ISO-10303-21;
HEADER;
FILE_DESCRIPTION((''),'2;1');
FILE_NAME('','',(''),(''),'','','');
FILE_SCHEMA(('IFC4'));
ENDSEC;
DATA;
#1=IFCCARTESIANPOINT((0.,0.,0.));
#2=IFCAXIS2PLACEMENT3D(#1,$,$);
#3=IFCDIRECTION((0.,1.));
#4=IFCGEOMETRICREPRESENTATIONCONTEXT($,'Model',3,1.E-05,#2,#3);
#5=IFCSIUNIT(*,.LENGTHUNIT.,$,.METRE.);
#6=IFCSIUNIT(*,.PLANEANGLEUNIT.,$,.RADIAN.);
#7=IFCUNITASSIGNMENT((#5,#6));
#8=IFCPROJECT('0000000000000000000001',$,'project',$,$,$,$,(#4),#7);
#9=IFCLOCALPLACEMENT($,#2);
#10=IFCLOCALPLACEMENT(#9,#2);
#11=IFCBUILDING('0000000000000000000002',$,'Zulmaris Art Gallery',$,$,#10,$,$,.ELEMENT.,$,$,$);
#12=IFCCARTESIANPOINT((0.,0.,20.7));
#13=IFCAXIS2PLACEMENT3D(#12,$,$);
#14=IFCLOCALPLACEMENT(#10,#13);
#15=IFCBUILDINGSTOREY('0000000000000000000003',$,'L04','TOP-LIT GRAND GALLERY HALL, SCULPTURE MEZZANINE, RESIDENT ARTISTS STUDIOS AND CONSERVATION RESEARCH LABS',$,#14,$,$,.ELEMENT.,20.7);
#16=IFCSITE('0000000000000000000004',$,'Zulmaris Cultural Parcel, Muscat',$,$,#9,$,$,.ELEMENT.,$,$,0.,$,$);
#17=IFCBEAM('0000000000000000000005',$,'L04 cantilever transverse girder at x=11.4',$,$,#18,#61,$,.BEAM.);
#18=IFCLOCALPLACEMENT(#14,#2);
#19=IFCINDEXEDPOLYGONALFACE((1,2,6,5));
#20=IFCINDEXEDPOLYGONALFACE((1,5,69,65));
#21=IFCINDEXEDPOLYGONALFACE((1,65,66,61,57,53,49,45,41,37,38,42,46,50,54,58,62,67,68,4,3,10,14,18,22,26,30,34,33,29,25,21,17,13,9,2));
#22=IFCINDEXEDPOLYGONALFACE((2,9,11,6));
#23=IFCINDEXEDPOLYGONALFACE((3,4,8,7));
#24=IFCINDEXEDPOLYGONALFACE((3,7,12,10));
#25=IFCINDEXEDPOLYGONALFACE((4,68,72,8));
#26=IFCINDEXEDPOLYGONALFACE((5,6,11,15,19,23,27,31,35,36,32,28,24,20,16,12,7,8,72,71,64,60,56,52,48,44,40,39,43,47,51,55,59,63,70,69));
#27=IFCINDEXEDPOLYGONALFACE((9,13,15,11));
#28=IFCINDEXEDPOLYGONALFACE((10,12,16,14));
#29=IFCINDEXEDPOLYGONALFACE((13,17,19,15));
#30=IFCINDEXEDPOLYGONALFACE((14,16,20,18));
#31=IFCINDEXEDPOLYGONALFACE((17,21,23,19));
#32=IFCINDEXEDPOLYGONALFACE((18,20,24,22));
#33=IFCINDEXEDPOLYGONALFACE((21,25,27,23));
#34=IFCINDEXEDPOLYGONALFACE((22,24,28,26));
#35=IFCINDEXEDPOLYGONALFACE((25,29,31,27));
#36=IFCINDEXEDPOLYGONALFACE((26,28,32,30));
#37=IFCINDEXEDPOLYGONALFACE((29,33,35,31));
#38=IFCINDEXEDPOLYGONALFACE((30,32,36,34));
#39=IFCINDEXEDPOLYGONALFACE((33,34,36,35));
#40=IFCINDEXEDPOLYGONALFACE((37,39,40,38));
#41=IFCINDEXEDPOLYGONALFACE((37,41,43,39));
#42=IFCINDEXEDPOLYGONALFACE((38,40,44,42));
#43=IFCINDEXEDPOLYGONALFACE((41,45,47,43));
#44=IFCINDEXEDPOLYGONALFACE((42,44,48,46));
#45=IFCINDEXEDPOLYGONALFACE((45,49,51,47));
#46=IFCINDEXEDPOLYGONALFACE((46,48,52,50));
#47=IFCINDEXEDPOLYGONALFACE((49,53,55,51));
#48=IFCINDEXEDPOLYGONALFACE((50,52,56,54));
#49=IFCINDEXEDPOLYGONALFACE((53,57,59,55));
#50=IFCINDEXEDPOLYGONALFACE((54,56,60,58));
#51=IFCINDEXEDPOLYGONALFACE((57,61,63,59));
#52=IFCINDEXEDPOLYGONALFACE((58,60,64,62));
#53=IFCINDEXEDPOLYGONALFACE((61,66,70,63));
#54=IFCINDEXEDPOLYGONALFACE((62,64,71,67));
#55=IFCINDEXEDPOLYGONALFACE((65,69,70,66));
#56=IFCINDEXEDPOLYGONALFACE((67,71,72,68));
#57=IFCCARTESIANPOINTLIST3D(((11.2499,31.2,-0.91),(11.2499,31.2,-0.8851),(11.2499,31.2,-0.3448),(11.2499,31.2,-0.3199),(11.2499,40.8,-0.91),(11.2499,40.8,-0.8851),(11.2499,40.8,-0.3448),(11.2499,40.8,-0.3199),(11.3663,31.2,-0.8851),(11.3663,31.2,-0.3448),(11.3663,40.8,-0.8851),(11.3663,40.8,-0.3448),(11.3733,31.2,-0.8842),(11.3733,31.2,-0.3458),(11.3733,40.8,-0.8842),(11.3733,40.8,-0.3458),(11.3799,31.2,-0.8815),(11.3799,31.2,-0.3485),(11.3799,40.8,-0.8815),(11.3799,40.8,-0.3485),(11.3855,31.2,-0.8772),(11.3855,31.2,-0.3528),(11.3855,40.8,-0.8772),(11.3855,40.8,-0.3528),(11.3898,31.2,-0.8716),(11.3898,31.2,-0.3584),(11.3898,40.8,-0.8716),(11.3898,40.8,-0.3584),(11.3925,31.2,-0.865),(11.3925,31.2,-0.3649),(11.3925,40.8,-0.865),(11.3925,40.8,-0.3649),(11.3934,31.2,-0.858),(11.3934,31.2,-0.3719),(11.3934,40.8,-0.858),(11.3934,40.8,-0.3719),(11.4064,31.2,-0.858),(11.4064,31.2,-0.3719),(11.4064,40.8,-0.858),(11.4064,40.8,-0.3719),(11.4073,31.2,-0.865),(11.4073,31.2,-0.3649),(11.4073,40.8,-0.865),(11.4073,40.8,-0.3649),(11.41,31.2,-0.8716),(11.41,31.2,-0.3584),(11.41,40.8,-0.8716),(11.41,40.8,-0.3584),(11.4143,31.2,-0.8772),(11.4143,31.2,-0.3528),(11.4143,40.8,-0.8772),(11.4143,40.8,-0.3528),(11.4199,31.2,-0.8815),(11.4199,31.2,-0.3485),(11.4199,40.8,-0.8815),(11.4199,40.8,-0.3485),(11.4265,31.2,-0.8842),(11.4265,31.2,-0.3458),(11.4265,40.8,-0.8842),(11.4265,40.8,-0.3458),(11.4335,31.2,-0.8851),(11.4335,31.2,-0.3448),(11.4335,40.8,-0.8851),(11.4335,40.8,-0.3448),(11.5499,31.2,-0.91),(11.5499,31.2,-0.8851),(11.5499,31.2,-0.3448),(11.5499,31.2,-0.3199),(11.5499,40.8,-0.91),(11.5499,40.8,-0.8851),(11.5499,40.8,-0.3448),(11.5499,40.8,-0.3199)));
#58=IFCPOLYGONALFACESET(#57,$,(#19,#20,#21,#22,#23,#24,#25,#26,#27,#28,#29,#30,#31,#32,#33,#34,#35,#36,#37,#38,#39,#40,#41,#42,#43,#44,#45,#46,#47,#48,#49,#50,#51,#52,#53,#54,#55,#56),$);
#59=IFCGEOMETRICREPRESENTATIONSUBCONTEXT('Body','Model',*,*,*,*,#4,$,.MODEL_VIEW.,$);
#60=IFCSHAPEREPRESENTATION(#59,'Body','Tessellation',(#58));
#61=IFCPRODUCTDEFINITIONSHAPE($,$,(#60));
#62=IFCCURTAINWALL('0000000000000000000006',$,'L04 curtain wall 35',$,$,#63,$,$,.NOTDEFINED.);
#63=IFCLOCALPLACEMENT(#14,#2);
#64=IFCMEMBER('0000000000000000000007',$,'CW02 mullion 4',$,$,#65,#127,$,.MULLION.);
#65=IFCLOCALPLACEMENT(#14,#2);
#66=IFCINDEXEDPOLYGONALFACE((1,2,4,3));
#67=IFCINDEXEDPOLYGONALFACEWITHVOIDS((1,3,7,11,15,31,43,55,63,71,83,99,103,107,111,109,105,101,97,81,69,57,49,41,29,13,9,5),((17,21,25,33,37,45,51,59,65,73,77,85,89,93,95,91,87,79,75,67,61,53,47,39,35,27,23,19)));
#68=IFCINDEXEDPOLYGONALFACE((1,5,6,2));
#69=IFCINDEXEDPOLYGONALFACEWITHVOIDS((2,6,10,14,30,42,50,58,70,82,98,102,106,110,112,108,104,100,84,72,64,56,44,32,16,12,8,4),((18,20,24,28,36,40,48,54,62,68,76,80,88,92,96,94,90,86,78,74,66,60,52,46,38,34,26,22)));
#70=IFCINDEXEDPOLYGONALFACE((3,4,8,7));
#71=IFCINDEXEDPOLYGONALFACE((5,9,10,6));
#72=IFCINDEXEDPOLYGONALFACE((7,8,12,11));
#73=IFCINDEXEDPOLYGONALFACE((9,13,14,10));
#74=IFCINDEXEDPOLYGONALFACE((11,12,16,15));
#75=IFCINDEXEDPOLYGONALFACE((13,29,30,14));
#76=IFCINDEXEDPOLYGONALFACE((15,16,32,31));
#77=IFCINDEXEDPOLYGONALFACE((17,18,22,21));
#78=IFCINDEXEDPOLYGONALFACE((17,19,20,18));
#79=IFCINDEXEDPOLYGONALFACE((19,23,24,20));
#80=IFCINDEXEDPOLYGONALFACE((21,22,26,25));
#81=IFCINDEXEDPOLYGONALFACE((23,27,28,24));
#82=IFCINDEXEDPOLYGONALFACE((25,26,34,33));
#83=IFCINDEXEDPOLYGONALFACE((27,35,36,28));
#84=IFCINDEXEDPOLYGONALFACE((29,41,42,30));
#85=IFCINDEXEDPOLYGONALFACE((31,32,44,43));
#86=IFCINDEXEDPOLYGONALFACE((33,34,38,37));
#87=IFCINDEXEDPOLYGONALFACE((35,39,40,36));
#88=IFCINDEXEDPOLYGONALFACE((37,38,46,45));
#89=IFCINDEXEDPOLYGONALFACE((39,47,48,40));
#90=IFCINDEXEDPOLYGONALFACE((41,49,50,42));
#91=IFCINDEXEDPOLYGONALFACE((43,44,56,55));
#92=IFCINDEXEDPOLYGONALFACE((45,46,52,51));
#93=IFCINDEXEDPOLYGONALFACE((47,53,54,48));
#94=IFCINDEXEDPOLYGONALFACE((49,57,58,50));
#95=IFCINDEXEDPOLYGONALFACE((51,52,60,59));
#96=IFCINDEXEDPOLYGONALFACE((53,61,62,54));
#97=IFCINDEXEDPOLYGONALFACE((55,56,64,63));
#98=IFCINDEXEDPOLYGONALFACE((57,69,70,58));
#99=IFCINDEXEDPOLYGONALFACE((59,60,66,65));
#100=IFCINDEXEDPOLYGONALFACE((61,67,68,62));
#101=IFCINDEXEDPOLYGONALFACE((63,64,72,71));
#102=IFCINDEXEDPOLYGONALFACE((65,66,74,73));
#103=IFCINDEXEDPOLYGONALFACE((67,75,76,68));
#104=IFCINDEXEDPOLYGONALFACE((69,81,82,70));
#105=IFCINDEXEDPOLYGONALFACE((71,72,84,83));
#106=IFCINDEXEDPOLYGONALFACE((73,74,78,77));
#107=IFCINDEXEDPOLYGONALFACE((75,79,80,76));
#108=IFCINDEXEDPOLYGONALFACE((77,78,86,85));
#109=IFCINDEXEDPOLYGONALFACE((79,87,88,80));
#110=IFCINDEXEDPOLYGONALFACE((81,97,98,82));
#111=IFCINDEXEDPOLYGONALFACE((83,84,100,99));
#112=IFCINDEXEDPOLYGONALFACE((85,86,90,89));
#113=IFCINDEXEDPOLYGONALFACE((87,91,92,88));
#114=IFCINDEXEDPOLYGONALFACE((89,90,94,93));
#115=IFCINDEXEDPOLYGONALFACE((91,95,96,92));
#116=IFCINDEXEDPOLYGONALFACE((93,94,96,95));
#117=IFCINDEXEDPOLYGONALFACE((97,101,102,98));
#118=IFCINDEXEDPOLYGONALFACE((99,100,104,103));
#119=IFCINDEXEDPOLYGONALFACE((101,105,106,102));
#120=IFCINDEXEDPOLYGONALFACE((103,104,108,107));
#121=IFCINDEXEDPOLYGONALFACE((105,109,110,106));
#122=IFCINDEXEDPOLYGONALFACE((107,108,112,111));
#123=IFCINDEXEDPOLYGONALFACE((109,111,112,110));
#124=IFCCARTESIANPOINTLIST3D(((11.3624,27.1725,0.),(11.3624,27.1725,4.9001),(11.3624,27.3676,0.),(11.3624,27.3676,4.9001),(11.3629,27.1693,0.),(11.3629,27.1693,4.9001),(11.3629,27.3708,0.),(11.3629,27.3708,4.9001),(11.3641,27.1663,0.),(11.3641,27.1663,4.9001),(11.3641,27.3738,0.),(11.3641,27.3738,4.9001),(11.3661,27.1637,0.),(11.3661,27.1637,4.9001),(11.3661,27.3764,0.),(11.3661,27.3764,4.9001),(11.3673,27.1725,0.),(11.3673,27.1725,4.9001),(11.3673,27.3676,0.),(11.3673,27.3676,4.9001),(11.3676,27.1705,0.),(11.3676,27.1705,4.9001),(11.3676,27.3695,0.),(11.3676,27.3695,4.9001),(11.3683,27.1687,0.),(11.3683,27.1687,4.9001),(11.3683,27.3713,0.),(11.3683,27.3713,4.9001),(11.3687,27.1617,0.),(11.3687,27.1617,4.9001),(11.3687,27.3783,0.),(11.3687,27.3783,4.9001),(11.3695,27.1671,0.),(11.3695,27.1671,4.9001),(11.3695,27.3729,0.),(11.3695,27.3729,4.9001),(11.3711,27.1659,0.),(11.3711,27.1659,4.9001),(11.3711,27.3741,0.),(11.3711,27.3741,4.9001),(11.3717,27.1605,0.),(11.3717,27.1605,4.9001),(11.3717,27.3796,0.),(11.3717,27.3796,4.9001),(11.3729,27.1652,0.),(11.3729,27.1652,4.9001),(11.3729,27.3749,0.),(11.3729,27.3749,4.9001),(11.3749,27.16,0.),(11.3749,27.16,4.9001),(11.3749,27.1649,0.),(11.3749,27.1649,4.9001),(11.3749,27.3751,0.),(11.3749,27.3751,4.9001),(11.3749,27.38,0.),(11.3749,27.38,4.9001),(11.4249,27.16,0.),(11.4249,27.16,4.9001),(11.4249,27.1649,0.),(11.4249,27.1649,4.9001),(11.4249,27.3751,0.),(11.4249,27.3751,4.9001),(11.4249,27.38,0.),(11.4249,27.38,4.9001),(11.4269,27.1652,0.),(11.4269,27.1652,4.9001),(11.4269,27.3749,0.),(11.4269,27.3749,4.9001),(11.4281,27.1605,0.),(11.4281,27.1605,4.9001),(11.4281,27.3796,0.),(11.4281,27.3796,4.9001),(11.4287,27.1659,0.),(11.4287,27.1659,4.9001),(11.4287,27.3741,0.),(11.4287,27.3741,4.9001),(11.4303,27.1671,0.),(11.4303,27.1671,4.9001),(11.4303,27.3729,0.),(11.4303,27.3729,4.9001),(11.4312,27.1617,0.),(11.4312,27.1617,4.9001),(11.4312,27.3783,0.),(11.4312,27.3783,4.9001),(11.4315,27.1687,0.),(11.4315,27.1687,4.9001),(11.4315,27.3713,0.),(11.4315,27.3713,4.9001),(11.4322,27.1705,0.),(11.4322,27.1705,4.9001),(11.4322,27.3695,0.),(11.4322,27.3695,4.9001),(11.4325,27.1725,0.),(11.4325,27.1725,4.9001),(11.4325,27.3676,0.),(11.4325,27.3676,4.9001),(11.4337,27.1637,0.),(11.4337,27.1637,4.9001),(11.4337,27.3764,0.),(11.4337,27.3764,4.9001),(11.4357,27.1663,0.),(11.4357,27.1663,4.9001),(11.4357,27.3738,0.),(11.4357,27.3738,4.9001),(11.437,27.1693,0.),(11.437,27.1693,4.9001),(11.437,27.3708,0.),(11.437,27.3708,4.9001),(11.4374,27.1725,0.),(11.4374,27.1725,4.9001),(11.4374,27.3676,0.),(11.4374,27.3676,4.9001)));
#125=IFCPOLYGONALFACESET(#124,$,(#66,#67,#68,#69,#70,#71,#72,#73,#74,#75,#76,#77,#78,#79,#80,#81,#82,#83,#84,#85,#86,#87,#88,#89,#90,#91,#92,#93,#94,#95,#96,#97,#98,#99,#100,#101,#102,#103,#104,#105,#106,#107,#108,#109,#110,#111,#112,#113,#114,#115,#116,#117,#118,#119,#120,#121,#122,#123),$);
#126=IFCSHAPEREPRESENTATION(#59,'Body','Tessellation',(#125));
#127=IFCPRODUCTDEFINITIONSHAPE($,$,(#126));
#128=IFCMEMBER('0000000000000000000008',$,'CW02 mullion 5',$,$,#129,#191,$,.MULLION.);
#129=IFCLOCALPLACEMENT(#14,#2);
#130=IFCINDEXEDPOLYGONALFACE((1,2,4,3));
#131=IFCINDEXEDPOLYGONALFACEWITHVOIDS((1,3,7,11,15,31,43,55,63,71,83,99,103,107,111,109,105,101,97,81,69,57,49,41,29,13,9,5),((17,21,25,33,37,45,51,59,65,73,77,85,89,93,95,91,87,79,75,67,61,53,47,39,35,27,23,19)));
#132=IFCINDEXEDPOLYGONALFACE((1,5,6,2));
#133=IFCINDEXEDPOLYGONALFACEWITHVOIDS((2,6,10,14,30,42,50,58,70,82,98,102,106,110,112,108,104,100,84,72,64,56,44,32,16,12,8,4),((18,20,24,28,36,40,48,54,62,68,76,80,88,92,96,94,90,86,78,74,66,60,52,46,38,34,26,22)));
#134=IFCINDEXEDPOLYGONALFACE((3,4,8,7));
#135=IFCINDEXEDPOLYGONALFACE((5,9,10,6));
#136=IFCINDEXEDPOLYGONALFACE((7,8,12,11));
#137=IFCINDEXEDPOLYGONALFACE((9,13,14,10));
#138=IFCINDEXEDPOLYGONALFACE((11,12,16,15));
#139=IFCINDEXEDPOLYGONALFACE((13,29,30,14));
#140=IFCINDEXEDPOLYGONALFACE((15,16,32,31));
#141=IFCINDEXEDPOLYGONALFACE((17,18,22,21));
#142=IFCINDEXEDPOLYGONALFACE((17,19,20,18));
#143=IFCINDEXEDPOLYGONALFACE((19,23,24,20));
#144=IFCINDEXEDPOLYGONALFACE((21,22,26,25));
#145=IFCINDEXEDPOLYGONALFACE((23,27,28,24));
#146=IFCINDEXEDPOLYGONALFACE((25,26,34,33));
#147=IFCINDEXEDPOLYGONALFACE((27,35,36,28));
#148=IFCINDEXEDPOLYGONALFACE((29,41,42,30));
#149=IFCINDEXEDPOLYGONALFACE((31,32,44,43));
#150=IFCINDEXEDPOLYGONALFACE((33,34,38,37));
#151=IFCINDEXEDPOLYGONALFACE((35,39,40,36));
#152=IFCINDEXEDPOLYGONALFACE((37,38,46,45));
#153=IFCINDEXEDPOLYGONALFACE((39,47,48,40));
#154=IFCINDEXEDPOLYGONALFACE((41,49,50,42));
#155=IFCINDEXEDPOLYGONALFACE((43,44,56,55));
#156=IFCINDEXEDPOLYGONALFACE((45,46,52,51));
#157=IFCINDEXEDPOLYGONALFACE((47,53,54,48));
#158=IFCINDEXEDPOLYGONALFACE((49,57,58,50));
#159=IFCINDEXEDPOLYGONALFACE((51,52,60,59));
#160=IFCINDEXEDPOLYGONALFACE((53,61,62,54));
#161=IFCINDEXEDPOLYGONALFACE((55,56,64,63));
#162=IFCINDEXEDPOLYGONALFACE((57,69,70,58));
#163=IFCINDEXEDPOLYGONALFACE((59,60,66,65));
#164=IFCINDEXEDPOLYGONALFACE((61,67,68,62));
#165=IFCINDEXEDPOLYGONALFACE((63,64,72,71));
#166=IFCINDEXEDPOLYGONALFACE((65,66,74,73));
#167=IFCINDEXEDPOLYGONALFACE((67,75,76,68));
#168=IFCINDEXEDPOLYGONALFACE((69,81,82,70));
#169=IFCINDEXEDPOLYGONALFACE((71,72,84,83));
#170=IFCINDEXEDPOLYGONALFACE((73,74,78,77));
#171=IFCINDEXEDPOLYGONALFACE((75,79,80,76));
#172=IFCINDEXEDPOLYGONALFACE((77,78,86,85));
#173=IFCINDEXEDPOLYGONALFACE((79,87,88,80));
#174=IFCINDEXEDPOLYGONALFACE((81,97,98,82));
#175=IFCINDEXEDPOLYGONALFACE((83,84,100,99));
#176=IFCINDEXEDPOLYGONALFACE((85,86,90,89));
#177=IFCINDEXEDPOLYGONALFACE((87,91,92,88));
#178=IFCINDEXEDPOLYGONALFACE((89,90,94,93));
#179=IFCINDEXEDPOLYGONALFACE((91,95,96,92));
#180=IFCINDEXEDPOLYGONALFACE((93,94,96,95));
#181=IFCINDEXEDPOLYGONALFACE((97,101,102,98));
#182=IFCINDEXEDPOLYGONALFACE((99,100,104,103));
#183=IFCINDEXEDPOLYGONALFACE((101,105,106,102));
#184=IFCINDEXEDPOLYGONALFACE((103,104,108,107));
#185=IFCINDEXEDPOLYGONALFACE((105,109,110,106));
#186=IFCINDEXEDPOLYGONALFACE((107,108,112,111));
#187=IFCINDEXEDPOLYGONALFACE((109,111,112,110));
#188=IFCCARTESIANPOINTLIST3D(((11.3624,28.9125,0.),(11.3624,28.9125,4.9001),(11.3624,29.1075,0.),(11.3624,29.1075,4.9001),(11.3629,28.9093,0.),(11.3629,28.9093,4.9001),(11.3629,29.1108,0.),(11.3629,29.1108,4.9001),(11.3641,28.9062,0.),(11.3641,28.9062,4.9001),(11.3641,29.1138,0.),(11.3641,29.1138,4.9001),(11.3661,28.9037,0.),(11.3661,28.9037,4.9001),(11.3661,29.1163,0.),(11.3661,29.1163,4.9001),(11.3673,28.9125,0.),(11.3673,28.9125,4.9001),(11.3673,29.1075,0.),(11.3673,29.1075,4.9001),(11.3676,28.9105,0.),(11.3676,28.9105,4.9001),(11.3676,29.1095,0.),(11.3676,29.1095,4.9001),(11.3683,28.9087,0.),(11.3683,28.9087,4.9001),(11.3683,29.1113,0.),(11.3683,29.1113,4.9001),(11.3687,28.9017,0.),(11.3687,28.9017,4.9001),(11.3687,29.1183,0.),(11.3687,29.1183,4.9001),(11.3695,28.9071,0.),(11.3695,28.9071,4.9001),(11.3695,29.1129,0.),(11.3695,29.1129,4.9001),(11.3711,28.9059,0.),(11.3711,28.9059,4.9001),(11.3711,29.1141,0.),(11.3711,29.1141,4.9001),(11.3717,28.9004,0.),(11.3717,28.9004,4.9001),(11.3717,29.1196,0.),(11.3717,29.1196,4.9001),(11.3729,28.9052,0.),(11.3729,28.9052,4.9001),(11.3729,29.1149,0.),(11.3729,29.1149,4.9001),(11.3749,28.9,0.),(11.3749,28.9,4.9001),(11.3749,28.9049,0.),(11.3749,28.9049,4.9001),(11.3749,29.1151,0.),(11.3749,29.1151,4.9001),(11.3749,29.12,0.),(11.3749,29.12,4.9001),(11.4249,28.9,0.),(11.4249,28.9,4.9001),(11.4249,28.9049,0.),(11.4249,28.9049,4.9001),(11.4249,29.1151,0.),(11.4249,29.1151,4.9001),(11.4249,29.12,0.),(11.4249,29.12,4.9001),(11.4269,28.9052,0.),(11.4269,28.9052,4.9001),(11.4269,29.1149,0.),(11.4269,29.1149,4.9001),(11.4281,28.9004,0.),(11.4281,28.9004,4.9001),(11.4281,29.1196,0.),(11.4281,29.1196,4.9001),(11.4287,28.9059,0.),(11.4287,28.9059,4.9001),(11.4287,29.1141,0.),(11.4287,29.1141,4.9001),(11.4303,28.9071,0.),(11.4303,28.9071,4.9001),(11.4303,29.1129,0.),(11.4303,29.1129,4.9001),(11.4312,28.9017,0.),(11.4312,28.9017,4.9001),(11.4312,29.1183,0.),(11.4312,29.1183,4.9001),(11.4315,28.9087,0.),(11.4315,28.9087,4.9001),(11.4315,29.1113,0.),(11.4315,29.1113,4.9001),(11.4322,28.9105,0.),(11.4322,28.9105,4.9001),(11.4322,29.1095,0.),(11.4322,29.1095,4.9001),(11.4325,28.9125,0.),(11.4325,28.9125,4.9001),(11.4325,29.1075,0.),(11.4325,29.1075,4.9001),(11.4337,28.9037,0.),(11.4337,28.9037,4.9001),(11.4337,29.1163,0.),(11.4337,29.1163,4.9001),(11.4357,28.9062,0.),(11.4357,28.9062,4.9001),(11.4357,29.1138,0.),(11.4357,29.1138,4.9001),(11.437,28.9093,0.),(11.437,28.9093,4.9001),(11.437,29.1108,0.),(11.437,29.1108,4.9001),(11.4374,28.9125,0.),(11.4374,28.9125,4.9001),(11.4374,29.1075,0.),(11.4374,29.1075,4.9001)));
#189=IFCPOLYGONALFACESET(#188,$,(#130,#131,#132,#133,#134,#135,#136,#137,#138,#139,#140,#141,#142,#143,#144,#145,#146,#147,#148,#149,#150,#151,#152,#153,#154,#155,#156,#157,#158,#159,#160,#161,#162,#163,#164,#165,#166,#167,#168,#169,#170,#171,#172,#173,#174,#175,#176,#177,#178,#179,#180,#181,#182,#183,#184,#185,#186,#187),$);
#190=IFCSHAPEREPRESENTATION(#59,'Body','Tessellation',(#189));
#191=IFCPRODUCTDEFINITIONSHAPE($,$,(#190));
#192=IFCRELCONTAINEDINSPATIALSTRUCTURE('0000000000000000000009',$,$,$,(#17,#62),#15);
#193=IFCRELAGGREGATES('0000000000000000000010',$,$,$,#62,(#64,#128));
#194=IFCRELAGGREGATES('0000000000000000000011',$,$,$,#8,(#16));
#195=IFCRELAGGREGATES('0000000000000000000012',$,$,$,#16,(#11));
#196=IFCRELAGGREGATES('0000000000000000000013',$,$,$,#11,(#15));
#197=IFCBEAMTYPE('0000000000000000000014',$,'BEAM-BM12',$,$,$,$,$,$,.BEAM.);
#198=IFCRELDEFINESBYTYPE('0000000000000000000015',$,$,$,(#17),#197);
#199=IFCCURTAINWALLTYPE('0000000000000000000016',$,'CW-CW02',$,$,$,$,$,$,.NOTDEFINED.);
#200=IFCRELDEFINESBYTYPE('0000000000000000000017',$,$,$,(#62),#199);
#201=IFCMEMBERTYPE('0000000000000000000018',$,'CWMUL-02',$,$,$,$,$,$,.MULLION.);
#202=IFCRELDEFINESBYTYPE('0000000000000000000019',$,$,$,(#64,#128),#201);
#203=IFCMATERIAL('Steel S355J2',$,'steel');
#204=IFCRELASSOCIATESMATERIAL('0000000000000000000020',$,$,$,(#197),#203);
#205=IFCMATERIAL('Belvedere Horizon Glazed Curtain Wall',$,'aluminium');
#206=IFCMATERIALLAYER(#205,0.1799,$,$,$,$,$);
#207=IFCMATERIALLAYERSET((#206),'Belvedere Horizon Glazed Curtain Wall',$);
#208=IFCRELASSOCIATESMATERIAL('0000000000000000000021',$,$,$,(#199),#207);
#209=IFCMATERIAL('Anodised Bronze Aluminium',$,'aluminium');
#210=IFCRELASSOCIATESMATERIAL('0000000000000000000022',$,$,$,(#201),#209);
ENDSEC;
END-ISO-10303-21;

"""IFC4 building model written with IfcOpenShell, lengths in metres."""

from ifc_helpers import new_model, si_unit, direction, frame, origin, origin_2d, place, context, subcontext, project, spatial, hollow_rectangle, i_section, extrude, material, layer, layer_set, material_profile, profile_set, type_object, element, aggregate, save


model = new_model("IFC4")

# Units and contexts
model_context = context("Model", 3, precision=1e-05, world=origin(), true_north=direction((0.0, 1.0)))
body_context = subcontext(model_context, "Body", "Model", "MODEL_VIEW")
ifc_project = project(units=[si_unit("LENGTHUNIT", "METRE"), si_unit("PLANEANGLEUNIT", "RADIAN")], contexts=[model_context])

# Site, building, storey
site_placement = place(None, origin())
site = spatial("IfcSite", under=ifc_project, at=site_placement, Name="Zulmaris Cultural Parcel, Muscat", CompositionType="ELEMENT", RefElevation=0.0)
building_placement = place(site_placement, origin())
building = spatial("IfcBuilding", under=site, at=building_placement, Name="Zulmaris Art Gallery", CompositionType="ELEMENT")
storey_placement = place(building_placement, frame((0.0, 0.0, 20.7)))
storey = spatial("IfcBuildingStorey", under=building, at=storey_placement, Name="L04", Description="TOP-LIT GRAND GALLERY HALL, SCULPTURE MEZZANINE, RESIDENT ARTISTS STUDIOS AND CONSERVATION RESEARCH LABS", CompositionType="ELEMENT", Elevation=20.7)

# Beam
ifc_material_1 = material(Name="Steel S355J2", Category="steel")
ifc_material_profile_1 = material_profile(ifc_material_1, i_section(OverallWidth=0.3, OverallDepth=0.5901, WebThickness=0.0129, FlangeThickness=0.0249, FilletRadius=0.0271, at=origin_2d()), Name="HEA 600")
ifc_profile_set_1 = profile_set([ifc_material_profile_1], Name="Steel S355J2")
beam_type = type_object("IfcBeamType", Name="BEAM-BM12", PredefinedType="BEAM", material=ifc_profile_set_1)
beam_placement = place(storey_placement, frame((11.3999, 31.2, -0.615), z_axis=(0.0, 1.0, 0.0), x_axis=(-1.0, 0.0, 0.0)))
element("IfcBeam", 1, at=beam_placement, inside=storey, type_object=beam_type, Name="L04 cantilever transverse girder at x=11.4", PredefinedType="BEAM", context=body_context, shape_type="SweptSolid", body=[
    extrude(i_section(OverallWidth=0.3, OverallDepth=0.5901, WebThickness=0.0129, FlangeThickness=0.0249, FilletRadius=0.0271, at=origin_2d()), origin(), (0.0, 0.0, 1.0), 9.6001),
])

# Curtain wall, members
ifc_material_2 = material(Name="Belvedere Horizon Glazed Curtain Wall", Category="aluminium")
ifc_layer_1 = layer(ifc_material_2, 0.1799)
ifc_layer_set_1 = layer_set([ifc_layer_1], Name="Belvedere Horizon Glazed Curtain Wall")
curtain_wall_type = type_object("IfcCurtainWallType", Name="CW-CW02", PredefinedType="NOTDEFINED", material=ifc_layer_set_1)
curtain_wall_1_placement = place(storey_placement, origin())
curtain_wall_1 = element("IfcCurtainWall", 2, at=curtain_wall_1_placement, inside=storey, type_object=curtain_wall_type, Name="L04 curtain wall 35", PredefinedType="NOTDEFINED")
ifc_material_3 = material(Name="Anodised Bronze Aluminium", Category="aluminium")
ifc_material_profile_2 = material_profile(ifc_material_3, hollow_rectangle(XDim=0.075, YDim=0.22, WallThickness=0.0049, InnerFilletRadius=0.0076, OuterFilletRadius=0.0125, at=origin_2d()), Name="ALU 75x220x5")
ifc_profile_set_2 = profile_set([ifc_material_profile_2], Name="Anodised Bronze Aluminium")
member_type_1 = type_object("IfcMemberType", Name="CWMUL-02", PredefinedType="MULLION", material=ifc_profile_set_2)
member_1_placement = place(storey_placement, frame((11.3999, 27.27, 0.0), z_axis=(0.0, 0.0, 1.0), x_axis=(-1.0, 0.0, 0.0)))
member_1 = element("IfcMember", 3, at=member_1_placement, type_object=member_type_1, Name="CW02 mullion 4", PredefinedType="MULLION", context=body_context, shape_type="SweptSolid", body=[
    extrude(hollow_rectangle(XDim=0.075, YDim=0.22, WallThickness=0.0049, InnerFilletRadius=0.0076, OuterFilletRadius=0.0125, at=origin_2d()), origin(), (0.0, 0.0, 1.0), 4.9001),
])
member_2_placement = place(storey_placement, frame((11.3999, 29.01, 0.0), z_axis=(0.0, 0.0, 1.0), x_axis=(-1.0, 0.0, 0.0)))
member_2 = element("IfcMember", 4, at=member_2_placement, type_object=member_type_1, Name="CW02 mullion 5", PredefinedType="MULLION", context=body_context, shape_type="SweptSolid", body=[
    extrude(hollow_rectangle(XDim=0.075, YDim=0.22, WallThickness=0.0049, InnerFilletRadius=0.0076, OuterFilletRadius=0.0125, at=origin_2d()), origin(), (0.0, 0.0, 1.0), 4.9001),
])

aggregate(curtain_wall_1, [member_1, member_2])

save(model, "model.ifc")
